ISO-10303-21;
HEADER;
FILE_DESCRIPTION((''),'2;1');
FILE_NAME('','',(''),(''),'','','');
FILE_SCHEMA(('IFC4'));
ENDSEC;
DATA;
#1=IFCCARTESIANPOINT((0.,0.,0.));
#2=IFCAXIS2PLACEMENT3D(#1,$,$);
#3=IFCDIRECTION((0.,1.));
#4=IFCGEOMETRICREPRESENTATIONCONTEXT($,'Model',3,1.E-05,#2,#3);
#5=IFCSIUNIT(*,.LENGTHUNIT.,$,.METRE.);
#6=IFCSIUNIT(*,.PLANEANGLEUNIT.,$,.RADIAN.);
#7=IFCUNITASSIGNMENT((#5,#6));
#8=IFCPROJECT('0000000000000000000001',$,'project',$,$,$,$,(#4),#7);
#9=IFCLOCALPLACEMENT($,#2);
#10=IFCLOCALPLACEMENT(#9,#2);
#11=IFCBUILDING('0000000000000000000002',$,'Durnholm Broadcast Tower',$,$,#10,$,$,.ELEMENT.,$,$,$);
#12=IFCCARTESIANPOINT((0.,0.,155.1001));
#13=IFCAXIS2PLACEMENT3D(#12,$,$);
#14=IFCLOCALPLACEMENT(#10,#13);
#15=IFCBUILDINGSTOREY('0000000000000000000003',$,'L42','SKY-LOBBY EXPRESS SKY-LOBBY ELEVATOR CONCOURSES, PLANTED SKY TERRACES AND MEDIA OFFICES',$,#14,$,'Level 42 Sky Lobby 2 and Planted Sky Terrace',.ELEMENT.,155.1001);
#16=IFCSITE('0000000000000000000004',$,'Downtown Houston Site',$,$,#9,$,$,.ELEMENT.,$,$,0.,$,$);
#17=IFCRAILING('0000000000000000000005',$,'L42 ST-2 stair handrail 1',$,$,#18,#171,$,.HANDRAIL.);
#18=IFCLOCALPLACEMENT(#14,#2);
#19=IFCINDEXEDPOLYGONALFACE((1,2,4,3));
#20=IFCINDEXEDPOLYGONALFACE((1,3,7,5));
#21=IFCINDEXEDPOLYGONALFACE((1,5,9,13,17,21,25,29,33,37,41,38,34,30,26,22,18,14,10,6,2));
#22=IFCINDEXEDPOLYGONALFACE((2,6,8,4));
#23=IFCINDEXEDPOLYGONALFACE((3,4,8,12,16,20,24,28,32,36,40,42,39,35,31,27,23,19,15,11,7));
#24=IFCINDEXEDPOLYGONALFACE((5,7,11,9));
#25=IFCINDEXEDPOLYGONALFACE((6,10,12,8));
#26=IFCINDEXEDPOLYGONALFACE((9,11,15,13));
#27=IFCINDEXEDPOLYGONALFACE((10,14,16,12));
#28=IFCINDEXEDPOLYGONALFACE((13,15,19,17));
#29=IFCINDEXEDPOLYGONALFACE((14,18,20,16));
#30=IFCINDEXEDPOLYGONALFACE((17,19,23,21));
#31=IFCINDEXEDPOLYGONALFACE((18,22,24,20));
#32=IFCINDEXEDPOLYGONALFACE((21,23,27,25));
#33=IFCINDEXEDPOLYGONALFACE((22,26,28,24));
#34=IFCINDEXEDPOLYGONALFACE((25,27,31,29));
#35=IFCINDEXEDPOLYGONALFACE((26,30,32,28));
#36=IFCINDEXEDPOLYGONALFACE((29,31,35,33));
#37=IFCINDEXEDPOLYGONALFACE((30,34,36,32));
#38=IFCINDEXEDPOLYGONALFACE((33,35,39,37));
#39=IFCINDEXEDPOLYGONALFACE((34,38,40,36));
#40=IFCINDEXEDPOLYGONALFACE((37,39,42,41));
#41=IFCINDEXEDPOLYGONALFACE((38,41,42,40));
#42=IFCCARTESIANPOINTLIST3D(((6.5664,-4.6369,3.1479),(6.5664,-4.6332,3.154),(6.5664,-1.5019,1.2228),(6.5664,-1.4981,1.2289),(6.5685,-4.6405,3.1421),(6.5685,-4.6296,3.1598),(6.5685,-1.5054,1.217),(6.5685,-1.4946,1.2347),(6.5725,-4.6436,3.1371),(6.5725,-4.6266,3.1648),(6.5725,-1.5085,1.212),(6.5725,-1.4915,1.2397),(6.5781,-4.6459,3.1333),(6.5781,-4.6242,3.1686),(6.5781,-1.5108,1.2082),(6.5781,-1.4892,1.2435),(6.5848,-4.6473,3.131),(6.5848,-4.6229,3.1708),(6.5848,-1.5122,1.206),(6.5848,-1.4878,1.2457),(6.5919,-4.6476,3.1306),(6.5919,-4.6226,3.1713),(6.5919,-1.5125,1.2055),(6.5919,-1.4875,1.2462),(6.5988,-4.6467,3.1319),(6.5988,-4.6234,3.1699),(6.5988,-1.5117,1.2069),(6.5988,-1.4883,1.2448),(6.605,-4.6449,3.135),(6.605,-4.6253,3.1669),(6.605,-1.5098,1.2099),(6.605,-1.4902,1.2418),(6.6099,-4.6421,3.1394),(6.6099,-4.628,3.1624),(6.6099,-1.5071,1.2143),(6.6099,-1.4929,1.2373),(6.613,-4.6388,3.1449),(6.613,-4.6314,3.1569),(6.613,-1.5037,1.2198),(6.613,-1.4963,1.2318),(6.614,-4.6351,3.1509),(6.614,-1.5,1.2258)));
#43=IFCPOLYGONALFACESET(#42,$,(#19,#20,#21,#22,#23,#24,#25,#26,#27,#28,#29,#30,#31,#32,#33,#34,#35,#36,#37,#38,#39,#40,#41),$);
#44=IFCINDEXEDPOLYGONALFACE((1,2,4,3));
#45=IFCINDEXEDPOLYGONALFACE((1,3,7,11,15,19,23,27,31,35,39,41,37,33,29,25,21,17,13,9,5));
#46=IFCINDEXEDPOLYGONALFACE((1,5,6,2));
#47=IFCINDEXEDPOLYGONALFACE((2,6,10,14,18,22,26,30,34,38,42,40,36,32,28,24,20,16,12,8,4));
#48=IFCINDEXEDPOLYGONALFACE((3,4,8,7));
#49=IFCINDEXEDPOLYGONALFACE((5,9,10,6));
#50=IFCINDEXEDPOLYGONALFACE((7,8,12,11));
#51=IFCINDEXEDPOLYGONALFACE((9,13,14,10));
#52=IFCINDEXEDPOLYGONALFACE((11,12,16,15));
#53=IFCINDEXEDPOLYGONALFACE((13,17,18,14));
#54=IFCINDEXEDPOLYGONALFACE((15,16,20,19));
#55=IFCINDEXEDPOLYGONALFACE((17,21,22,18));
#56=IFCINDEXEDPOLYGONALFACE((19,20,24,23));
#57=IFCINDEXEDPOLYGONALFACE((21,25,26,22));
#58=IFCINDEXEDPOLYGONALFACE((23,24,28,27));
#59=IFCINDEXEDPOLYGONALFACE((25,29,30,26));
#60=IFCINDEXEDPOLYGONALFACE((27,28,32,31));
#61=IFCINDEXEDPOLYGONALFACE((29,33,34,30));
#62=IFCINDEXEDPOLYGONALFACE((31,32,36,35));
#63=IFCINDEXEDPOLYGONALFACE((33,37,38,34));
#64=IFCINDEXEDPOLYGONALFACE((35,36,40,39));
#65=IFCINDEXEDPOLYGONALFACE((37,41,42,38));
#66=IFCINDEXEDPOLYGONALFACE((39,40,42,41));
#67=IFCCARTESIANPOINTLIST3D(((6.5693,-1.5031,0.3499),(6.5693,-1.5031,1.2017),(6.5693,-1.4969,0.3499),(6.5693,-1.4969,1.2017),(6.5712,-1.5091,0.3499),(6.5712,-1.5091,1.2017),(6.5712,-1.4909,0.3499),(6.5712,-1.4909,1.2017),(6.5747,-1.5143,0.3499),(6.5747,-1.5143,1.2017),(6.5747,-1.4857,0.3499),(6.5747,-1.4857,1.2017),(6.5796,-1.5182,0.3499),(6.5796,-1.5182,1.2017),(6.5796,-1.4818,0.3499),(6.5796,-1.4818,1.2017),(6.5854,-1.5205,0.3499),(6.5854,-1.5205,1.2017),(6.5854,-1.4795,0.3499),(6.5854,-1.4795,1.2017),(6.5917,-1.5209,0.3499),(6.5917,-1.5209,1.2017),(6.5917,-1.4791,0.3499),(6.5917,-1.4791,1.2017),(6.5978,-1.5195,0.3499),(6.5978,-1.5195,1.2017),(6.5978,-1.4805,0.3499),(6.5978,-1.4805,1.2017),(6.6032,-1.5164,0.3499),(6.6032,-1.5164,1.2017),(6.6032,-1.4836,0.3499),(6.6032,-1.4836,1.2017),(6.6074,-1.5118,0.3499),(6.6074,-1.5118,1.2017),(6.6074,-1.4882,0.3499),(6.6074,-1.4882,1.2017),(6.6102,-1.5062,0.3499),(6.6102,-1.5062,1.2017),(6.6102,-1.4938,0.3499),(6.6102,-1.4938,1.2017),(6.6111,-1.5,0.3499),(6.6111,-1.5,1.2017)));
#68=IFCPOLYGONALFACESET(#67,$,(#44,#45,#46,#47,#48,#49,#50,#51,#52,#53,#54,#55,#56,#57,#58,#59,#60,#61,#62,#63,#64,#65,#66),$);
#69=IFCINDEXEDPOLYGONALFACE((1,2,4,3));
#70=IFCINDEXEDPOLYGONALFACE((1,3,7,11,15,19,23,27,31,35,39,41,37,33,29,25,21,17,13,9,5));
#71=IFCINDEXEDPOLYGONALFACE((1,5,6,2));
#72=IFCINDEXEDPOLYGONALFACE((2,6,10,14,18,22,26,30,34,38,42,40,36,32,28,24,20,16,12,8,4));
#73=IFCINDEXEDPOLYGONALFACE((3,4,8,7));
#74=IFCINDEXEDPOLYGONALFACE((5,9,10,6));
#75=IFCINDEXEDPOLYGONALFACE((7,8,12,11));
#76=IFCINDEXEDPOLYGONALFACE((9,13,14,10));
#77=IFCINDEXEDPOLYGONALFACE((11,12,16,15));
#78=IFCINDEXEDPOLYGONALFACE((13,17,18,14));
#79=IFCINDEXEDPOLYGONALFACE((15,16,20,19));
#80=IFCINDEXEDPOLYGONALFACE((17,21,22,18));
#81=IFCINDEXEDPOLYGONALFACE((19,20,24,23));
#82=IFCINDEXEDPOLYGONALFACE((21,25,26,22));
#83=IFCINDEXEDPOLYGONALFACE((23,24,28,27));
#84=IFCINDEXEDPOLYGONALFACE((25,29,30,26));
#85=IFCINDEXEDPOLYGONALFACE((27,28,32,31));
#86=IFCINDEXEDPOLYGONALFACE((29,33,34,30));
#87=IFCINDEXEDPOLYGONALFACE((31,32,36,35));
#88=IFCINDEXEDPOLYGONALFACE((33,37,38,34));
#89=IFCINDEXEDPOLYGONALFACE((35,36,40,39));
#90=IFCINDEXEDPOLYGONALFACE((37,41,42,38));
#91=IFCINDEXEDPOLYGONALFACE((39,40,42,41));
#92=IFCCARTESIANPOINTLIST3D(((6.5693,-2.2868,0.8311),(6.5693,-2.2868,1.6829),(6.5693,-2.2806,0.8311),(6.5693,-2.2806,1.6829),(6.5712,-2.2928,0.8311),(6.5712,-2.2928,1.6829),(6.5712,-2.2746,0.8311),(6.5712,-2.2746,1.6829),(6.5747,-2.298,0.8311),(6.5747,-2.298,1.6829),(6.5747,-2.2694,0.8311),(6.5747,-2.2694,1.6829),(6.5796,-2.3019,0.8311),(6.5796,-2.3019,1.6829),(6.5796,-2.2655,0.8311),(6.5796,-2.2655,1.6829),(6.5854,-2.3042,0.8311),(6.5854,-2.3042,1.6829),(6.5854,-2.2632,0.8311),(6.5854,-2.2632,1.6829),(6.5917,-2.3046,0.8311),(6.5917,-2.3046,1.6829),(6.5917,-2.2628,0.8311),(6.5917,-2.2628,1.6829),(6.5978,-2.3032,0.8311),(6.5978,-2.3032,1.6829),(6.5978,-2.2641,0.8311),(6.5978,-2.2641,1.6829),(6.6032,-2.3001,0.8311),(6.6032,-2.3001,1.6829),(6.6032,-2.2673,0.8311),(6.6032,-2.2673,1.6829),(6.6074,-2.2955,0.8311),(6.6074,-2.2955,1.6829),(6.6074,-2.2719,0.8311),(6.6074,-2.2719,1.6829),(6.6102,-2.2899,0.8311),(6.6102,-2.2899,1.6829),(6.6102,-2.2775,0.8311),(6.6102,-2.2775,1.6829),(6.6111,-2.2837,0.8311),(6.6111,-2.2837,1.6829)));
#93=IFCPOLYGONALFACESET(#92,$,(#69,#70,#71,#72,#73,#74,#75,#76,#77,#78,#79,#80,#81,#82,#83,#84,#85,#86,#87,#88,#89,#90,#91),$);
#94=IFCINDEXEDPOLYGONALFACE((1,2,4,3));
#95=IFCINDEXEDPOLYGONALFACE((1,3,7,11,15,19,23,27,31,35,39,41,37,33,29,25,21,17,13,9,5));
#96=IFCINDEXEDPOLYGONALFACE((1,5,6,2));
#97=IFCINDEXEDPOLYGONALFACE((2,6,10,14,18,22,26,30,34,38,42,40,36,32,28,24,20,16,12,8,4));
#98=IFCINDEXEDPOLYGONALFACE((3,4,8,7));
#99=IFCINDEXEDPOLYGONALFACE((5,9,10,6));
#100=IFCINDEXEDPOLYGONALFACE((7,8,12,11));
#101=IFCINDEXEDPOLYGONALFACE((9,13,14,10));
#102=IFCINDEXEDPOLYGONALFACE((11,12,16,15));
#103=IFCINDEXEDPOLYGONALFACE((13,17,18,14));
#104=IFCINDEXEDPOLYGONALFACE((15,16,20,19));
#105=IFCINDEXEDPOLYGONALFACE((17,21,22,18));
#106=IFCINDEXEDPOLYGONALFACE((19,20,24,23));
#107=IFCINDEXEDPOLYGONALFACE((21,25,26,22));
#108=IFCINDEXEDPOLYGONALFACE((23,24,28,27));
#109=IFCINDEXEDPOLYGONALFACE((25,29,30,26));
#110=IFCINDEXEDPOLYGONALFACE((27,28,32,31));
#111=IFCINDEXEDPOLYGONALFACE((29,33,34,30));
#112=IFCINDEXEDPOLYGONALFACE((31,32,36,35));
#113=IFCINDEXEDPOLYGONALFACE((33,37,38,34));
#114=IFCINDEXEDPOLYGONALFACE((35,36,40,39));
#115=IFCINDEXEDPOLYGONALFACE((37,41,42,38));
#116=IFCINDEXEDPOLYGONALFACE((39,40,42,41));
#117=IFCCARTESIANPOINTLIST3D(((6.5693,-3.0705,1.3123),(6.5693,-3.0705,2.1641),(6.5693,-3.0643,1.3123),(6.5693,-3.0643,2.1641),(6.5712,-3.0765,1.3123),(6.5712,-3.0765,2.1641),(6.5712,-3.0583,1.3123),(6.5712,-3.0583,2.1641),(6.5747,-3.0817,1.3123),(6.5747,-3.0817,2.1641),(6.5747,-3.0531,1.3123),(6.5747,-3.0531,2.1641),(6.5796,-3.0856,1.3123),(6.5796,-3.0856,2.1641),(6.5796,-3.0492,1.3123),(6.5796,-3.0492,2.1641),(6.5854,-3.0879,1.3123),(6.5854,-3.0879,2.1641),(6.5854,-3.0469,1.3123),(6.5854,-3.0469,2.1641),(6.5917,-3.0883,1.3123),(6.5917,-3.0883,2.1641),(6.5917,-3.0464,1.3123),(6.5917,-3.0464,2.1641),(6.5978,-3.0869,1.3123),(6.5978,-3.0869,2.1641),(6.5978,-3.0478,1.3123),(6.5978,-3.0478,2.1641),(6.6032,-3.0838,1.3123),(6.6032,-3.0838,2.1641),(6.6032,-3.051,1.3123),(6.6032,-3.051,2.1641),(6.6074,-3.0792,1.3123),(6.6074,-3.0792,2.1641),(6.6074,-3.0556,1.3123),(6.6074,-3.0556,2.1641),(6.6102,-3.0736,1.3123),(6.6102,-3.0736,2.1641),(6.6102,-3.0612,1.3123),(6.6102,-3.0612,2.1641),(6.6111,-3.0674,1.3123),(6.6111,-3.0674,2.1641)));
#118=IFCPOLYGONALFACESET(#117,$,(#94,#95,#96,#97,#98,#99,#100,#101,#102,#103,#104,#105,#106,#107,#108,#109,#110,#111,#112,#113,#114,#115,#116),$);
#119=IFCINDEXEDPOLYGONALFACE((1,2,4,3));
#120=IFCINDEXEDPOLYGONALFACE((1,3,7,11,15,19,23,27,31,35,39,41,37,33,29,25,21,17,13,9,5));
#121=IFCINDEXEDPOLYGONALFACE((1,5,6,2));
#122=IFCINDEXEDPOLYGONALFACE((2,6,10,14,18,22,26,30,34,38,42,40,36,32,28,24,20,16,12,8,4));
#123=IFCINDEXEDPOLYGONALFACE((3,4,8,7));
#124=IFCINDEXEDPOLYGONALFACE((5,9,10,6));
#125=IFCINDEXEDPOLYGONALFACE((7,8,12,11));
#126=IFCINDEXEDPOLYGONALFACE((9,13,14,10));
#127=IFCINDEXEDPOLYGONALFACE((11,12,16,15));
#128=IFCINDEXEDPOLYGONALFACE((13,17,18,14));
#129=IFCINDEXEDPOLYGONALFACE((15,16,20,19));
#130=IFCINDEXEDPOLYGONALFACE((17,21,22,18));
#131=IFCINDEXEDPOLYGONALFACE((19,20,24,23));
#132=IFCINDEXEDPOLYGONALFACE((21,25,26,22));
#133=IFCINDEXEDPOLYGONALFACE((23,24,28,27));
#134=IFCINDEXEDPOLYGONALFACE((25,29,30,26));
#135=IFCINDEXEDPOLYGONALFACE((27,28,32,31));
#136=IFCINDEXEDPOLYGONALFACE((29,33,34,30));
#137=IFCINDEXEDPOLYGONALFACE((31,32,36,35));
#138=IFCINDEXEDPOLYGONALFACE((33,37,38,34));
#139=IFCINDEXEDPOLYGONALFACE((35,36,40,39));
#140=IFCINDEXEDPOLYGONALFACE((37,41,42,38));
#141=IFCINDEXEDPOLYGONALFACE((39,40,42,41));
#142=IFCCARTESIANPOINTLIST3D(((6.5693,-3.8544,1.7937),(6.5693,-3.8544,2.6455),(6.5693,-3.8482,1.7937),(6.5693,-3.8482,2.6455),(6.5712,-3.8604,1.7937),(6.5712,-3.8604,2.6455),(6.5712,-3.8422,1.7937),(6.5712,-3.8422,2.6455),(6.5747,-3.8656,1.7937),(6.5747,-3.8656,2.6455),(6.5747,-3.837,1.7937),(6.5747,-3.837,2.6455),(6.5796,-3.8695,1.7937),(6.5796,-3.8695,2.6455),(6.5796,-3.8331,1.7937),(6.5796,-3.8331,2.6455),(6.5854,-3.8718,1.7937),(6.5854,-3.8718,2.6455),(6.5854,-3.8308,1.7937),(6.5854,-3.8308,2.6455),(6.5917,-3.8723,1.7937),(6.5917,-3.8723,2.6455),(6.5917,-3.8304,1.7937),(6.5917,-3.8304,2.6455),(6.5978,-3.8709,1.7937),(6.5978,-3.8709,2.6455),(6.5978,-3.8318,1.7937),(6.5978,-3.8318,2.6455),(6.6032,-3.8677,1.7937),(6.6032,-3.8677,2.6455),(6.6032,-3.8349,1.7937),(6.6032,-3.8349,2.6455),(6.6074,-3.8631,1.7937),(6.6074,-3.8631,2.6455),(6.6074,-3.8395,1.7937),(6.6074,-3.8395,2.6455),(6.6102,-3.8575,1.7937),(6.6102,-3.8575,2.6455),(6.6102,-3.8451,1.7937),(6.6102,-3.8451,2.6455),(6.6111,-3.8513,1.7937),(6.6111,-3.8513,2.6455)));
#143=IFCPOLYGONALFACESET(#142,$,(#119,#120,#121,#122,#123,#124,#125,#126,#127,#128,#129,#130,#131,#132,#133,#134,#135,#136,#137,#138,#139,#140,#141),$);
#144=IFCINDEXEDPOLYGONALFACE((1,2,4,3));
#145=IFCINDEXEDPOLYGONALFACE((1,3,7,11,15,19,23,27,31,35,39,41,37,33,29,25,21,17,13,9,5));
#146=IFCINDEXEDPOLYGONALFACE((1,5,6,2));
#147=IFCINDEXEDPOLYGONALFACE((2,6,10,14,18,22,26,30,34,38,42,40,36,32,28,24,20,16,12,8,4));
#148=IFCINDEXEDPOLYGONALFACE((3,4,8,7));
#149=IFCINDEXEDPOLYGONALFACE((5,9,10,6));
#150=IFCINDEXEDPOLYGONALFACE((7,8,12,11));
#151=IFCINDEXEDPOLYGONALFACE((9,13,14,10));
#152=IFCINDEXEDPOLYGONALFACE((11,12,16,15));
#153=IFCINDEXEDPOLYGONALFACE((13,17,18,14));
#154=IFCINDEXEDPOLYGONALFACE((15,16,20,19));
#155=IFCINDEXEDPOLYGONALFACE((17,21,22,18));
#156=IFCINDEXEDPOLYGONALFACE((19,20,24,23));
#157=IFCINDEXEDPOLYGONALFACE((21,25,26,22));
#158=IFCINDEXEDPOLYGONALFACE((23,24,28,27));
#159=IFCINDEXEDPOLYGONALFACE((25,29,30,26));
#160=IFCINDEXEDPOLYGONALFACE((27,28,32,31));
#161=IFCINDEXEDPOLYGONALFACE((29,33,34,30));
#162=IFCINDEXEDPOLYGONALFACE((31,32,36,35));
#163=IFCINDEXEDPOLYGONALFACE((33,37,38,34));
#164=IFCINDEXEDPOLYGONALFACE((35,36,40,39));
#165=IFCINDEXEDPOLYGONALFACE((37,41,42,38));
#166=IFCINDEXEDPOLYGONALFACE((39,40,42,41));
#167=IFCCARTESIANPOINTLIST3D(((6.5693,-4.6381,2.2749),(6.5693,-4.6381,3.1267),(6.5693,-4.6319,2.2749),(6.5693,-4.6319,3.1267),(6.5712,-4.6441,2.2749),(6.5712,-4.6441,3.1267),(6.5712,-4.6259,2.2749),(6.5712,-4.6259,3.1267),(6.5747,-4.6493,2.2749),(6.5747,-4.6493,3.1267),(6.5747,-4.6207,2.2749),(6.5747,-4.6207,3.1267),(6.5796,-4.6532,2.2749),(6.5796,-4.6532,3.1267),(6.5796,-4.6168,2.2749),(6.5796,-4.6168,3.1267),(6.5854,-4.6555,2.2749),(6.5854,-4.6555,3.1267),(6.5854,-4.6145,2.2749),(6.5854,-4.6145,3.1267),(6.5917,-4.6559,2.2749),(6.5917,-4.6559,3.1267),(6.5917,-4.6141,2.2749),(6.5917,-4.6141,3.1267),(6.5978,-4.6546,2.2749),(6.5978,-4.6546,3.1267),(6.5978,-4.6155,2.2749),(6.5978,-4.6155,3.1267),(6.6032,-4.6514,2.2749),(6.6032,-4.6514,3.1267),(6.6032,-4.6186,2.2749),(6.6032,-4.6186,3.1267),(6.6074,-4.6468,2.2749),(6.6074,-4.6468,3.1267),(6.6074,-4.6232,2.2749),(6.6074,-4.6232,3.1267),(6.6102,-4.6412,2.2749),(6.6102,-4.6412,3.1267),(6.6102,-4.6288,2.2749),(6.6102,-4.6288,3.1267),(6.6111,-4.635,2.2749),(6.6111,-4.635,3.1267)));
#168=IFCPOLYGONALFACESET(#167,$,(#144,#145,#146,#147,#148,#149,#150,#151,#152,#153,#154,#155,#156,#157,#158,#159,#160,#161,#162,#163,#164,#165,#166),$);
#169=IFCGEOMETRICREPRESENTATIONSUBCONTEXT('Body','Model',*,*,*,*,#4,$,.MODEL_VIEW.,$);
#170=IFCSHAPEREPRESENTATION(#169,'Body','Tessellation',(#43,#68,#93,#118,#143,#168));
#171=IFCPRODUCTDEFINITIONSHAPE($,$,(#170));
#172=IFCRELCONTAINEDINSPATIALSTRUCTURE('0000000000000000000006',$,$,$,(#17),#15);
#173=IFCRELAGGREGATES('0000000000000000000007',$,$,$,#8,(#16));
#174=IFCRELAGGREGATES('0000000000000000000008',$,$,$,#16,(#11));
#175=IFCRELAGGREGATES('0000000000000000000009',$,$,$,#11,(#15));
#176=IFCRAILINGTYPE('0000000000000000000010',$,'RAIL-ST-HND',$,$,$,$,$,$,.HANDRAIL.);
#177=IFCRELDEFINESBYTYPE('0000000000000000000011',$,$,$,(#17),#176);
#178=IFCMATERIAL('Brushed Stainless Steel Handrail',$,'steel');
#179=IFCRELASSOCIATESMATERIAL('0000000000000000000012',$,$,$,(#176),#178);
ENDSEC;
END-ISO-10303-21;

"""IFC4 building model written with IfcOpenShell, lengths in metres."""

from ifc_helpers import new_model, si_unit, direction, frame, origin, origin_2d, place, context, subcontext, project, spatial, circle, extrude, material, type_object, element, save


model = new_model("IFC4")

# Units and contexts
model_context = context("Model", 3, precision=1e-05, world=origin(), true_north=direction((0.0, 1.0)))
body_context = subcontext(model_context, "Body", "Model", "MODEL_VIEW")
ifc_project = project(units=[si_unit("LENGTHUNIT", "METRE"), si_unit("PLANEANGLEUNIT", "RADIAN")], contexts=[model_context])

# Site, building, storey
site_placement = place(None, origin())
site = spatial("IfcSite", under=ifc_project, at=site_placement, Name="Downtown Houston Site", CompositionType="ELEMENT", RefElevation=0.0)
building_placement = place(site_placement, origin())
building = spatial("IfcBuilding", under=site, at=building_placement, Name="Durnholm Broadcast Tower", CompositionType="ELEMENT")
storey_placement = place(building_placement, frame((0.0, 0.0, 155.1001)))
storey = spatial("IfcBuildingStorey", under=building, at=storey_placement, Name="L42", Description="SKY-LOBBY EXPRESS SKY-LOBBY ELEVATOR CONCOURSES, PLANTED SKY TERRACES AND MEDIA OFFICES", LongName="Level 42 Sky Lobby 2 and Planted Sky Terrace", CompositionType="ELEMENT", Elevation=155.1001)

# Railing
ifc_material_1 = material(Name="Brushed Stainless Steel Handrail", Category="steel")
railing_type_1 = type_object("IfcRailingType", Name="RAIL-ST-HND", PredefinedType="HANDRAIL", material=ifc_material_1)
railing_1_placement = place(storey_placement, frame((6.5901, -1.5, 0.3499)))
element("IfcRailing", 1, at=railing_1_placement, inside=storey, type_object=railing_type_1, Name="L42 ST-2 stair handrail 1", PredefinedType="HANDRAIL", context=body_context, shape_type="SweptSolid", body=[
    extrude(circle(Radius=0.0239, at=origin_2d()), frame((0.0, 0.0, 0.876), z_axis=(0.0, -0.852166, 0.523271), x_axis=(1.0, 0.0, 0.0)), (0.0, 0.0, 1.0), 3.679),
    extrude(circle(Radius=0.021, at=origin_2d()), origin(), (0.0, 0.0, 1.0), 0.8518),
    extrude(circle(Radius=0.021, at=origin_2d()), frame((0.0, -0.7837, 0.4812)), (0.0, 0.0, 1.0), 0.8518),
    extrude(circle(Radius=0.021, at=origin_2d()), frame((0.0, -1.5674, 0.9624)), (0.0, 0.0, 1.0), 0.8518),
    extrude(circle(Radius=0.021, at=origin_2d()), frame((0.0, -2.3513, 1.4438)), (0.0, 0.0, 1.0), 0.8518),
    extrude(circle(Radius=0.021, at=origin_2d()), frame((0.0, -3.135, 1.925)), (0.0, 0.0, 1.0), 0.8518),
])

save(model, "model.ifc")
